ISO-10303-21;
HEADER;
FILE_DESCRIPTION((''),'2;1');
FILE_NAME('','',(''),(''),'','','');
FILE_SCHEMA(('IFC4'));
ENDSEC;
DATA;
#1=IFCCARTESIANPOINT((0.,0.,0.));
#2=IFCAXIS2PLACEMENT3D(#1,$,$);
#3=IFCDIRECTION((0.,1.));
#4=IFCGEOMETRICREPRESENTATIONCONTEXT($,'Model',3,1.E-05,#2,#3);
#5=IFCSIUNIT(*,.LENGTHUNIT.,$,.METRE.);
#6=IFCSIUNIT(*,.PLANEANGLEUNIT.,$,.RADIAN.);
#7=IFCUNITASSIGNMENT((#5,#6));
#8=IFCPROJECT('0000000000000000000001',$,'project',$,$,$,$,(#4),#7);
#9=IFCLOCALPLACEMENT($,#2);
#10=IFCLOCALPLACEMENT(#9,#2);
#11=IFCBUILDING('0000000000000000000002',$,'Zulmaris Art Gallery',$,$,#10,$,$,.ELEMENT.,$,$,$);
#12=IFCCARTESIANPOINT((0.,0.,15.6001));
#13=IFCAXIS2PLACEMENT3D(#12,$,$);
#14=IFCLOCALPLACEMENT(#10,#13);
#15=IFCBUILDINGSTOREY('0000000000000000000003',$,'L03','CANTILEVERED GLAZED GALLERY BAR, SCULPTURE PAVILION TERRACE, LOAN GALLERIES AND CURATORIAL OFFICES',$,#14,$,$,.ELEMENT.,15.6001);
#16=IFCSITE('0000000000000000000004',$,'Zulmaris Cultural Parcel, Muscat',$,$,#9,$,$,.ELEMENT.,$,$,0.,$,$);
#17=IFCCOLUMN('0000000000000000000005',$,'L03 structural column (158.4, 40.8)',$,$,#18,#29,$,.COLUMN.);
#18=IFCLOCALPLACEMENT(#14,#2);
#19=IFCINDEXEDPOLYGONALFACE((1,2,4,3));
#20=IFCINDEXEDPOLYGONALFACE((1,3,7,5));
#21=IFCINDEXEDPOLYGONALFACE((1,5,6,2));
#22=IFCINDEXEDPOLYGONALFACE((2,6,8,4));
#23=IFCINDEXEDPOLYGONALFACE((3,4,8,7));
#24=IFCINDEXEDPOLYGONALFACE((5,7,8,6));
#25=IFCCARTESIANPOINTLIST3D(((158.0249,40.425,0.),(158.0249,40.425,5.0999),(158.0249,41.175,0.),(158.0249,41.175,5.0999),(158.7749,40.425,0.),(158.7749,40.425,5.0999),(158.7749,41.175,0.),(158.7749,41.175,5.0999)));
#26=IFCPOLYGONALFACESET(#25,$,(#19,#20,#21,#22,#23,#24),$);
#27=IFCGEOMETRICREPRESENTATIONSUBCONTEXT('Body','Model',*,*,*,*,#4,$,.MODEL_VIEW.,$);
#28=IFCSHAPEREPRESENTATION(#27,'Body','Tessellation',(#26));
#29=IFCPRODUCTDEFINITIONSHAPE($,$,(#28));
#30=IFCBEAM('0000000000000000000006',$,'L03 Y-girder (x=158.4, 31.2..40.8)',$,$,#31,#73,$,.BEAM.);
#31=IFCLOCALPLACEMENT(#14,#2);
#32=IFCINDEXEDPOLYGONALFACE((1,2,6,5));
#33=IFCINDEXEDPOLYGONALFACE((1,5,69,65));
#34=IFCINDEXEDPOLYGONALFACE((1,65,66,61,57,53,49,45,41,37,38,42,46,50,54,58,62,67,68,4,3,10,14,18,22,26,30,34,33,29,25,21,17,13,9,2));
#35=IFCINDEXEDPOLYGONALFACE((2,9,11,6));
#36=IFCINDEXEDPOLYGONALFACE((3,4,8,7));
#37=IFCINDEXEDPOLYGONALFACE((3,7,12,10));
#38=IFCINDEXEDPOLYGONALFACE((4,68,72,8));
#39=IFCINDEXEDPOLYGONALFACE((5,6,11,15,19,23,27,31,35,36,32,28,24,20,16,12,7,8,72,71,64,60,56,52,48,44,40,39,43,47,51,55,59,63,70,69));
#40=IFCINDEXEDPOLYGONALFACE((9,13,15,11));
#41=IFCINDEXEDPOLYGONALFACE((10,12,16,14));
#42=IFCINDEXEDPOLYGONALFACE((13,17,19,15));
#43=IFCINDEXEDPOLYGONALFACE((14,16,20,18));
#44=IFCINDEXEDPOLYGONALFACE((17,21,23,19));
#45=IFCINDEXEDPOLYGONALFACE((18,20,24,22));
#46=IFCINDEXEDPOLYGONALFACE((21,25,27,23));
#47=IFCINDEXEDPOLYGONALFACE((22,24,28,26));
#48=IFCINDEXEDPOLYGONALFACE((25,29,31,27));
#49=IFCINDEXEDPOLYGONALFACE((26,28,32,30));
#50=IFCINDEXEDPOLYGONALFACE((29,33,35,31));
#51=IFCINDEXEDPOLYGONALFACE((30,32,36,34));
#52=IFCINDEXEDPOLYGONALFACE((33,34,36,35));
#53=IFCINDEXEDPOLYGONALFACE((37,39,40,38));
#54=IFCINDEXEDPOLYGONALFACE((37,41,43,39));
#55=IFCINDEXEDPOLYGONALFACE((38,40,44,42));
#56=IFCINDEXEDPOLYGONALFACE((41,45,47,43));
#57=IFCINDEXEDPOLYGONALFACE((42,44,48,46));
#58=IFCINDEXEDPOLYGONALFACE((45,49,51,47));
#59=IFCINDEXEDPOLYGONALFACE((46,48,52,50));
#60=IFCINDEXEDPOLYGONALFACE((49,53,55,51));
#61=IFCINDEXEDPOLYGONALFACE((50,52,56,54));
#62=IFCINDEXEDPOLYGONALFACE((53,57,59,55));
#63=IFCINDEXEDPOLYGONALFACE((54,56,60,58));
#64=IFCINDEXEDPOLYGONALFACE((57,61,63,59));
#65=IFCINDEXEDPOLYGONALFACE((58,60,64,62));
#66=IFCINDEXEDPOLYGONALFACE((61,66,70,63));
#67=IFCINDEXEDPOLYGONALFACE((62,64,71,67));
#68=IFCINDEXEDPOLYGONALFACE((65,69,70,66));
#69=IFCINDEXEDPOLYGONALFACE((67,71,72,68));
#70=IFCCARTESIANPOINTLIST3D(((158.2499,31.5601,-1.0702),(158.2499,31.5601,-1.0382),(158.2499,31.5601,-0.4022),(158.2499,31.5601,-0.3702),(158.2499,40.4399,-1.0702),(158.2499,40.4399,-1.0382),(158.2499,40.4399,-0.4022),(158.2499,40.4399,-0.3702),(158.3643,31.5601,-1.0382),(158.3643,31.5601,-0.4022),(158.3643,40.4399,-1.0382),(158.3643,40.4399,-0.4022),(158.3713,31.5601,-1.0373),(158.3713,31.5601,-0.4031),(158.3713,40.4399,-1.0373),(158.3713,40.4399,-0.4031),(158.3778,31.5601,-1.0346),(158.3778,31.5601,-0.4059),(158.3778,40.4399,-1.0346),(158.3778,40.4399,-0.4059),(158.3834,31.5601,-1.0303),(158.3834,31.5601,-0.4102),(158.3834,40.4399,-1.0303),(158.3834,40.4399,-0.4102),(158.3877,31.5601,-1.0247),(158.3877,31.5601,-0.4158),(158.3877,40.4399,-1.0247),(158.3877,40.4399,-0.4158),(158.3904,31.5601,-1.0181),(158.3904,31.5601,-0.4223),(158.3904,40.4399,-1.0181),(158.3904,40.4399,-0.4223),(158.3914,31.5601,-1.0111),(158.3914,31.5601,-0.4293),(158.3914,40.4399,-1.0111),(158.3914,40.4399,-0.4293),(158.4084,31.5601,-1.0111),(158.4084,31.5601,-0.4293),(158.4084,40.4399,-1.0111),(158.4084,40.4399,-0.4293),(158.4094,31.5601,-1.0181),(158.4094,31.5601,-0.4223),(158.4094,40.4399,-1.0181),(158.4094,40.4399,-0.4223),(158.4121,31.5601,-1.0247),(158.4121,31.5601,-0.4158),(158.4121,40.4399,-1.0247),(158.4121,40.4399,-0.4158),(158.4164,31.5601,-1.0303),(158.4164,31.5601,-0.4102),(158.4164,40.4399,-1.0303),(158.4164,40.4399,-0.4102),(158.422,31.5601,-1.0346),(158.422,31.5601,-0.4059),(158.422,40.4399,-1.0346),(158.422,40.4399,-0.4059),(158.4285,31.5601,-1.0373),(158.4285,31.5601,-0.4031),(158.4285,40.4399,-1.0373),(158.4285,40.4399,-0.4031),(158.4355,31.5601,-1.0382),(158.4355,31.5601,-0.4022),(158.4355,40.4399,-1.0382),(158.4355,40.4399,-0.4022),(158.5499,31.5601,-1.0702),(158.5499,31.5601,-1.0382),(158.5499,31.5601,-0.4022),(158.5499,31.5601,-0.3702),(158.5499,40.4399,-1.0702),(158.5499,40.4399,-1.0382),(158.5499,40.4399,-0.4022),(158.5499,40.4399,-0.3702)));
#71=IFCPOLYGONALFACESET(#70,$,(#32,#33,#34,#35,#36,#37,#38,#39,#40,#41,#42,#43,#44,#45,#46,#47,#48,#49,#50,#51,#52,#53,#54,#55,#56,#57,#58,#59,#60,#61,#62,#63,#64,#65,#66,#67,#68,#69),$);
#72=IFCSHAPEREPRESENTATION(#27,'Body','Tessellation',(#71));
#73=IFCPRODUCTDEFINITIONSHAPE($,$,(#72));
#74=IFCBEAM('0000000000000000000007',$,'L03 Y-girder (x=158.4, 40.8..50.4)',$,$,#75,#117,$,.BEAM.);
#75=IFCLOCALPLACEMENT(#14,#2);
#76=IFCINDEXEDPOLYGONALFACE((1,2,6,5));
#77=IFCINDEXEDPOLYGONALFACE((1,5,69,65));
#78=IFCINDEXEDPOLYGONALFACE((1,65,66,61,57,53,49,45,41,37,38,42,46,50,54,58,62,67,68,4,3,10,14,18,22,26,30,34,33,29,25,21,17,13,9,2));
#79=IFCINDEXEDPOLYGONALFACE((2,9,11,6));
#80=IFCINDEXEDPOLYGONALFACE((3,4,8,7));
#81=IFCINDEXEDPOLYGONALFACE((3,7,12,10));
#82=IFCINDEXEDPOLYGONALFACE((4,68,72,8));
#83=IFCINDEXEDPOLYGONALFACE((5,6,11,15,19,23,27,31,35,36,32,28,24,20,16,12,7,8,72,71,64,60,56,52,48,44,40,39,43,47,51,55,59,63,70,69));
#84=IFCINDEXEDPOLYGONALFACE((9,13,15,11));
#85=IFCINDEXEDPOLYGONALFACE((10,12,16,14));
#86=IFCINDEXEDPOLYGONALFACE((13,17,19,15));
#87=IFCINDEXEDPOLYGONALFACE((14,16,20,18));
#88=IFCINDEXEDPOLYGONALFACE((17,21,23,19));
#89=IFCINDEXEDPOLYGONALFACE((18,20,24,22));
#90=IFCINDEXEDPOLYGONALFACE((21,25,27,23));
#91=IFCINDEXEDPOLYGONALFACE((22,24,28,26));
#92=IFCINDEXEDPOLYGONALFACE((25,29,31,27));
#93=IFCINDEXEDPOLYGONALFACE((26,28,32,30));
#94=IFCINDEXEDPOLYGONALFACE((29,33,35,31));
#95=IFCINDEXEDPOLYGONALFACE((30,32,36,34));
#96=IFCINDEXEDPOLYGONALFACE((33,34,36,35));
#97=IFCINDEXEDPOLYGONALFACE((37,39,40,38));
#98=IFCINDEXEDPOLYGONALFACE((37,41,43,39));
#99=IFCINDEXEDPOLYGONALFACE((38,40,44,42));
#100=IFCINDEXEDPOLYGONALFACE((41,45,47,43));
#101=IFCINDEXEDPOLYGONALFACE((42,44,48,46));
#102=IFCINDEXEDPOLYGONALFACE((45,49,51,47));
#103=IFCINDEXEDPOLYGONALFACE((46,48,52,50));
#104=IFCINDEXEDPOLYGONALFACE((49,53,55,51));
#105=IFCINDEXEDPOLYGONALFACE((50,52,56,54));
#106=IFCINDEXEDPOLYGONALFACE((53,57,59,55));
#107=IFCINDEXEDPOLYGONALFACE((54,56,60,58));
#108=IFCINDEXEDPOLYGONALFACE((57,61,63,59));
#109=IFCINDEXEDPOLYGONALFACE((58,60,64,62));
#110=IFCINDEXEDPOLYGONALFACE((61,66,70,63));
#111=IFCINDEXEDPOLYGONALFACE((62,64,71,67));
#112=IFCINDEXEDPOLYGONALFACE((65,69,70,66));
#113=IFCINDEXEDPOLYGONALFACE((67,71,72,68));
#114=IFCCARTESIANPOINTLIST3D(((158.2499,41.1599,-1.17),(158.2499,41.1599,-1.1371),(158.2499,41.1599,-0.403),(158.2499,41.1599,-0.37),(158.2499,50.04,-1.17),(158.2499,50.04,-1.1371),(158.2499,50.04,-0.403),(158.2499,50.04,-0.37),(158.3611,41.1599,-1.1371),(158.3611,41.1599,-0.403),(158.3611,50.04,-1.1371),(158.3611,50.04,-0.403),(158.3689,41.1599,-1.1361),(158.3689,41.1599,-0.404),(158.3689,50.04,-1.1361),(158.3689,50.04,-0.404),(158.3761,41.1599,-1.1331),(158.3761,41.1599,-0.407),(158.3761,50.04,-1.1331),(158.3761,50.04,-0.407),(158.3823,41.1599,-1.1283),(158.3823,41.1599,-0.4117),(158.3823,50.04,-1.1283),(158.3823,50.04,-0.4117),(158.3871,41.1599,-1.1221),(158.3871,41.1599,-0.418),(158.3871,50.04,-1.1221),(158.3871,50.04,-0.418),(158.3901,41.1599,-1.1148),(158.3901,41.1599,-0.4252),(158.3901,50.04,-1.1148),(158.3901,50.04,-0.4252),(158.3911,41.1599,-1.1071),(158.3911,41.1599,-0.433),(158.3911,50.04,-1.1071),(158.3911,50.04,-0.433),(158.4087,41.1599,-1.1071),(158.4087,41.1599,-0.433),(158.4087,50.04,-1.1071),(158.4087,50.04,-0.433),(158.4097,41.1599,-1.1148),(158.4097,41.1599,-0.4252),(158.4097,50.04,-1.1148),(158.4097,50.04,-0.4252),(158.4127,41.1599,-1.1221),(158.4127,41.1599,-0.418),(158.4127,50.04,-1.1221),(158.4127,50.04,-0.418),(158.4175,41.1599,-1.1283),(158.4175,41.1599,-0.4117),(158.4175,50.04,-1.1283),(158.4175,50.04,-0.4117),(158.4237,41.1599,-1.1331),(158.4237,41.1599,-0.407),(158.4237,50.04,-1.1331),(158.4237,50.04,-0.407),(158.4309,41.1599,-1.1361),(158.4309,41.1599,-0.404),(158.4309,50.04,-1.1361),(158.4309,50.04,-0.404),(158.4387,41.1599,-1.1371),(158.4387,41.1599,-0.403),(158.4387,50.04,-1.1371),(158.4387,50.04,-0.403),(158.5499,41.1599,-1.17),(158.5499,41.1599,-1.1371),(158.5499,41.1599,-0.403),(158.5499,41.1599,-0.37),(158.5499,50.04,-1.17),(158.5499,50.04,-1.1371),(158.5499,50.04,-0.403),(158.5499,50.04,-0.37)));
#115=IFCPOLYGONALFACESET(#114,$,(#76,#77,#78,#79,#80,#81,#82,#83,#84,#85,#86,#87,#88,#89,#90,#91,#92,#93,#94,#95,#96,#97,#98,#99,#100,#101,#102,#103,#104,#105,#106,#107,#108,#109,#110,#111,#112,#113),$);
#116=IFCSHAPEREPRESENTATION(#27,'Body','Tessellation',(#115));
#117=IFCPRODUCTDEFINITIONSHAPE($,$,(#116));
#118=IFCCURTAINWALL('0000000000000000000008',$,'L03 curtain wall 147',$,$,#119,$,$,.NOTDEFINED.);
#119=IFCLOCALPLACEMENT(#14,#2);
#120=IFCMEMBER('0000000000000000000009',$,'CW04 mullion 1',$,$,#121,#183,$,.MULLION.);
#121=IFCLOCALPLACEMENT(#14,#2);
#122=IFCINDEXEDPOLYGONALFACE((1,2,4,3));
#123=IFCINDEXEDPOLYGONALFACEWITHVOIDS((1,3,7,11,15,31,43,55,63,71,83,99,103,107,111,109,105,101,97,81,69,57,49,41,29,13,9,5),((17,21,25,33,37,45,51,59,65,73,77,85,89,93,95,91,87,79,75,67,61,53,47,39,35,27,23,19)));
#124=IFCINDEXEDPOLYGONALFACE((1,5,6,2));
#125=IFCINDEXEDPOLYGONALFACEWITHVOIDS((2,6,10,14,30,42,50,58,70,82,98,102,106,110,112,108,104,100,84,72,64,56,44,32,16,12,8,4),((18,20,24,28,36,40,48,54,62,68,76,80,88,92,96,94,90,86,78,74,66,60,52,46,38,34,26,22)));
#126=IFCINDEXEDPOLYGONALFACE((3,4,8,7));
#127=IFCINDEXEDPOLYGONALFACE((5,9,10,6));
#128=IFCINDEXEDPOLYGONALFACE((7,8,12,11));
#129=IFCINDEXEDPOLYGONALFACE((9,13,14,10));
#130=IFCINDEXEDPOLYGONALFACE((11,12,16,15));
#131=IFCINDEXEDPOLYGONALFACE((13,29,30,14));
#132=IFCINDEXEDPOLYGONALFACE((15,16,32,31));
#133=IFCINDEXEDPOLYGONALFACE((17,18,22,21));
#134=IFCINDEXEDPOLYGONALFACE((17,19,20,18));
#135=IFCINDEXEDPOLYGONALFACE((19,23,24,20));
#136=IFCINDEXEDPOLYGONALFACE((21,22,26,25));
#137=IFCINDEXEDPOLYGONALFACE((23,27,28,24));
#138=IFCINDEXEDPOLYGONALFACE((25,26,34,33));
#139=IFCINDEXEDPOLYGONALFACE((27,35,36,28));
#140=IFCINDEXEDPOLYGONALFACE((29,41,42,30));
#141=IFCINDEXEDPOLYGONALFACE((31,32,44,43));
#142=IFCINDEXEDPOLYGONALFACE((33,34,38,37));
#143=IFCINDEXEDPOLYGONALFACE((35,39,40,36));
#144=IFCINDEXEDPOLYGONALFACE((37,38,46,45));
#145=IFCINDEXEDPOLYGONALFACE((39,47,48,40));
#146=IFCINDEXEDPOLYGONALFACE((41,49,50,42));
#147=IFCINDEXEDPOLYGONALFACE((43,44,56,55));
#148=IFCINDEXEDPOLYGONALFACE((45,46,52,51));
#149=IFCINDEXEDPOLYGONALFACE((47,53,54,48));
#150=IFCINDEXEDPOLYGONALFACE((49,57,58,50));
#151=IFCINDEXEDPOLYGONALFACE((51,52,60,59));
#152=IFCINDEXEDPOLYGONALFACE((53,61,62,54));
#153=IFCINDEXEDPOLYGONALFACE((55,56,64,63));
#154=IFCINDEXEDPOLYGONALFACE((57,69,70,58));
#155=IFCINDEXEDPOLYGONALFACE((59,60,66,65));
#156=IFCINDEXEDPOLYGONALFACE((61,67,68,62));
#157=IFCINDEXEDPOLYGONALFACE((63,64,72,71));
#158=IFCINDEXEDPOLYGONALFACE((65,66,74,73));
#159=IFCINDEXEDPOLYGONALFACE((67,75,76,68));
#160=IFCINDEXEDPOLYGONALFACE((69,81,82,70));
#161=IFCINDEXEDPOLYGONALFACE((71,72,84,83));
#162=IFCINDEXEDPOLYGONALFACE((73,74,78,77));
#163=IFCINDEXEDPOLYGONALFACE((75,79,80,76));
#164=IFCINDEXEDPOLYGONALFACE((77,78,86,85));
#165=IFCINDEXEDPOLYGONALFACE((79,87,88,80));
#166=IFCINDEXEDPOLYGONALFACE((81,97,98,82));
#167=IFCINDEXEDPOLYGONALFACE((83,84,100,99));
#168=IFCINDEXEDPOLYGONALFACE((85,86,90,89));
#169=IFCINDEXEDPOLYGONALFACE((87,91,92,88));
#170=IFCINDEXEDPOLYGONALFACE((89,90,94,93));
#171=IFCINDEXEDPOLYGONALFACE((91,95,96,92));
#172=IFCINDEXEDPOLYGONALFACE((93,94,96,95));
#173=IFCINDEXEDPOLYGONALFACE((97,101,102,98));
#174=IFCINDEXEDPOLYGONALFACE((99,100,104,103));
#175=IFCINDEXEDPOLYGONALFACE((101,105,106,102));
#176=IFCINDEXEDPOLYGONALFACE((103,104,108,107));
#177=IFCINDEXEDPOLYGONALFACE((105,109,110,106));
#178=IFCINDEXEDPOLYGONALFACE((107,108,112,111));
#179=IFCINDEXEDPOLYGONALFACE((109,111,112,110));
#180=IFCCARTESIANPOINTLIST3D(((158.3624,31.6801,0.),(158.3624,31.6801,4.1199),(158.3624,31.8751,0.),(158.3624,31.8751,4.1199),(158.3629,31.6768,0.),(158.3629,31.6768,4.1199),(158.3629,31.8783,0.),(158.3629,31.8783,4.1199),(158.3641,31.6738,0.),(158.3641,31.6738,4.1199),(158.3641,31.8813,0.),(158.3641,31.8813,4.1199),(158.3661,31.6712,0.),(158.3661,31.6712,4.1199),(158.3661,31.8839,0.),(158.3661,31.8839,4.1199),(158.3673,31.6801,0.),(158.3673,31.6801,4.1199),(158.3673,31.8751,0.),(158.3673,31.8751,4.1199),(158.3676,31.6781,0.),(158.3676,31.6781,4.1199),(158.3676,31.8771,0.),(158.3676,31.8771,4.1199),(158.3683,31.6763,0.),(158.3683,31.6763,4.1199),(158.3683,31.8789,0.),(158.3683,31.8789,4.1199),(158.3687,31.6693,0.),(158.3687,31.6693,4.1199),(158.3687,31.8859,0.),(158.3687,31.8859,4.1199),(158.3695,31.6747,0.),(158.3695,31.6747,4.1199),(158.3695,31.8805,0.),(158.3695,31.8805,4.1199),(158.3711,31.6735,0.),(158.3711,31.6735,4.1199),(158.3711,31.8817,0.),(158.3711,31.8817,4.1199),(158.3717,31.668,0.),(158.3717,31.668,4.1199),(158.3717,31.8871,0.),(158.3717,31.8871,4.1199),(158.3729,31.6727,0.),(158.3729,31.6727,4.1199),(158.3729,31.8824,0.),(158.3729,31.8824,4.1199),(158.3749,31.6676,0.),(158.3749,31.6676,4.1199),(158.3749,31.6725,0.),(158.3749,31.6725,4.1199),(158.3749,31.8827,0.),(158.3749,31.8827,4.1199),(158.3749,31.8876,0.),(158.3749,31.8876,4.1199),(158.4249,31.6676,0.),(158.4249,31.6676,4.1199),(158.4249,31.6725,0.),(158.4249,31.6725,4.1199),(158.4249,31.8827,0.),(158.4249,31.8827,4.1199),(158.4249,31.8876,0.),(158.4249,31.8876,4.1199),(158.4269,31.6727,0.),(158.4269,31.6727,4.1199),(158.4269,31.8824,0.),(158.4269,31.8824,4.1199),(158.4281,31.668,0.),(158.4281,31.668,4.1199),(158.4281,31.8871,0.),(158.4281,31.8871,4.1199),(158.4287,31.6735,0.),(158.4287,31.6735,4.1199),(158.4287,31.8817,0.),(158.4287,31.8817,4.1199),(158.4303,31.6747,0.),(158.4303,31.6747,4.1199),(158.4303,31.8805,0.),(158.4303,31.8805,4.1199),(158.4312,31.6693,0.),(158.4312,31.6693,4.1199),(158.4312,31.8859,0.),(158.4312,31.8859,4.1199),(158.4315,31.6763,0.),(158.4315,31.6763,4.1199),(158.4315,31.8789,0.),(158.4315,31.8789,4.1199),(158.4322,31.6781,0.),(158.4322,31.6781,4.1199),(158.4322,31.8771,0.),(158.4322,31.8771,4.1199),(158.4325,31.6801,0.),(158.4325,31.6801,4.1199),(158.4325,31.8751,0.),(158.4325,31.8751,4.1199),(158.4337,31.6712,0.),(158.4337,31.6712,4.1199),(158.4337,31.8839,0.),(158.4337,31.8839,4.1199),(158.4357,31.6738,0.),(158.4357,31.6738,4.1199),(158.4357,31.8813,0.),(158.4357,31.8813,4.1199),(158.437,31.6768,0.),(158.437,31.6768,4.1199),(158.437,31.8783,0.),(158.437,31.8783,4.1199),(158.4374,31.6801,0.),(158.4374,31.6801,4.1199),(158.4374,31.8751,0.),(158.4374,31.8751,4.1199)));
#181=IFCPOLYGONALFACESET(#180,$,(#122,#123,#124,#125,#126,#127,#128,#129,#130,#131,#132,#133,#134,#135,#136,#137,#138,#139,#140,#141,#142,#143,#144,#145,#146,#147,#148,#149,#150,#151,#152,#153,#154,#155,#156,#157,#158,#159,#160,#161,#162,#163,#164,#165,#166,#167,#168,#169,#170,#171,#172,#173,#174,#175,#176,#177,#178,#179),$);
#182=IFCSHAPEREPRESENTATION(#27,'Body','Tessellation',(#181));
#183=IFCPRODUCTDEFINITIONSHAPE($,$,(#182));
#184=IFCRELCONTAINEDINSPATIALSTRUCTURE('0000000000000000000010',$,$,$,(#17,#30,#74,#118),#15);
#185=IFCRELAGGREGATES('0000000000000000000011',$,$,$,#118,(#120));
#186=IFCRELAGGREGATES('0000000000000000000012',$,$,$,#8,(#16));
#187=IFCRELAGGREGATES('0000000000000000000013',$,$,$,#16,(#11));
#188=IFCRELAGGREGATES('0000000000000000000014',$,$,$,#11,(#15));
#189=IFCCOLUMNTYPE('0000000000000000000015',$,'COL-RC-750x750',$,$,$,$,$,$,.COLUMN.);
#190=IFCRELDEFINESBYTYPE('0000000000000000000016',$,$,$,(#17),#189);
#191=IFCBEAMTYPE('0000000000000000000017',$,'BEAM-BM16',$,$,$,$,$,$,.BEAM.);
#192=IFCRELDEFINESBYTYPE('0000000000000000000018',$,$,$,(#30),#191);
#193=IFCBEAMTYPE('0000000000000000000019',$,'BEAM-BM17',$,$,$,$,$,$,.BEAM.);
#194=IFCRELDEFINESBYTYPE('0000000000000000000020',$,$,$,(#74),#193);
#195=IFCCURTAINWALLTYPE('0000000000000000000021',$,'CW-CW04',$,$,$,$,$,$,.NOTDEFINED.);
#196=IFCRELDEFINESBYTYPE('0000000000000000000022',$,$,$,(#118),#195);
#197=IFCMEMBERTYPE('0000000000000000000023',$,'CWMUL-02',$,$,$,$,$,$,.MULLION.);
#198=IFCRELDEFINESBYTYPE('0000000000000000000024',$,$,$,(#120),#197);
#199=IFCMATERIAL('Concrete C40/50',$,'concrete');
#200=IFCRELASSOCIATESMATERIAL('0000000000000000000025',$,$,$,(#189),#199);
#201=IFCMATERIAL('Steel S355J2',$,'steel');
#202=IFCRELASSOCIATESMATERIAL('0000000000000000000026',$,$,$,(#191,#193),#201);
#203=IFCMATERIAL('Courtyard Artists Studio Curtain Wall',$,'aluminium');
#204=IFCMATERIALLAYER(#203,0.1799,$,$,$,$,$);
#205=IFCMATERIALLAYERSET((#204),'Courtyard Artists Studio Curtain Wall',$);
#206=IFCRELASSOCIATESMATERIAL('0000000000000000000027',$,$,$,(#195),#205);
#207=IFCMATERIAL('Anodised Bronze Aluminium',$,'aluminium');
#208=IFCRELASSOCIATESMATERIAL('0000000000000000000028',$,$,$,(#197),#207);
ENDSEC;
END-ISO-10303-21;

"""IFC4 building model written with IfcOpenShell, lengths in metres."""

from ifc_helpers import new_model, si_unit, direction, frame, origin, origin_2d, place, context, subcontext, project, spatial, rectangle, hollow_rectangle, i_section, extrude, material, layer, layer_set, material_profile, profile_set, type_object, element, aggregate, save


model = new_model("IFC4")

# Units and contexts
model_context = context("Model", 3, precision=1e-05, world=origin(), true_north=direction((0.0, 1.0)))
body_context = subcontext(model_context, "Body", "Model", "MODEL_VIEW")
ifc_project = project(units=[si_unit("LENGTHUNIT", "METRE"), si_unit("PLANEANGLEUNIT", "RADIAN")], contexts=[model_context])

# Site, building, storey
site_placement = place(None, origin())
site = spatial("IfcSite", under=ifc_project, at=site_placement, Name="Zulmaris Cultural Parcel, Muscat", CompositionType="ELEMENT", RefElevation=0.0)
building_placement = place(site_placement, origin())
building = spatial("IfcBuilding", under=site, at=building_placement, Name="Zulmaris Art Gallery", CompositionType="ELEMENT")
storey_placement = place(building_placement, frame((0.0, 0.0, 15.6001)))
storey = spatial("IfcBuildingStorey", under=building, at=storey_placement, Name="L03", Description="CANTILEVERED GLAZED GALLERY BAR, SCULPTURE PAVILION TERRACE, LOAN GALLERIES AND CURATORIAL OFFICES", CompositionType="ELEMENT", Elevation=15.6001)

# Column
ifc_material_1 = material(Name="Concrete C40/50", Category="concrete")
ifc_material_profile_1 = material_profile(ifc_material_1, rectangle(XDim=0.75, YDim=0.75, at=origin_2d()), Name="RC 750x750")
ifc_profile_set_1 = profile_set([ifc_material_profile_1], Name="Concrete C40/50")
column_type = type_object("IfcColumnType", Name="COL-RC-750x750", PredefinedType="COLUMN", material=ifc_profile_set_1)
column_placement = place(storey_placement, frame((158.3999, 40.8, 0.0), z_axis=(0.0, 0.0, 1.0), x_axis=(1.0, 0.0, 0.0)))
element("IfcColumn", 1, at=column_placement, inside=storey, type_object=column_type, Name="L03 structural column (158.4, 40.8)", PredefinedType="COLUMN", context=body_context, shape_type="SweptSolid", body=[
    extrude(rectangle(XDim=0.75, YDim=0.75, at=origin_2d()), origin(), (0.0, 0.0, 1.0), 5.0999),
])

# Beams
ifc_material_2 = material(Name="Steel S355J2", Category="steel")
ifc_material_profile_2 = material_profile(ifc_material_2, i_section(OverallWidth=0.3, OverallDepth=0.7, WebThickness=0.0171, FlangeThickness=0.032, FilletRadius=0.0271, at=origin_2d()), Name="HEB 700")
ifc_profile_set_2 = profile_set([ifc_material_profile_2], Name="Steel S355J2")
beam_type_1 = type_object("IfcBeamType", Name="BEAM-BM16", PredefinedType="BEAM", material=ifc_profile_set_2)
beam_1_placement = place(storey_placement, frame((158.3999, 31.5601, -0.7202), z_axis=(0.0, 1.0, 0.0), x_axis=(-1.0, 0.0, 0.0)))
element("IfcBeam", 2, at=beam_1_placement, inside=storey, type_object=beam_type_1, Name="L03 Y-girder (x=158.4, 31.2..40.8)", PredefinedType="BEAM", context=body_context, shape_type="SweptSolid", body=[
    extrude(i_section(OverallWidth=0.3, OverallDepth=0.7, WebThickness=0.0171, FlangeThickness=0.032, FilletRadius=0.0271, at=origin_2d()), origin(), (0.0, 0.0, 1.0), 8.8799),
])
ifc_material_profile_3 = material_profile(ifc_material_2, i_section(OverallWidth=0.3, OverallDepth=0.8, WebThickness=0.0176, FlangeThickness=0.033, FilletRadius=0.03, at=origin_2d()), Name="HEB 800")
ifc_profile_set_3 = profile_set([ifc_material_profile_3], Name="Steel S355J2")
beam_type_2 = type_object("IfcBeamType", Name="BEAM-BM17", PredefinedType="BEAM", material=ifc_profile_set_3)
beam_2_placement = place(storey_placement, frame((158.3999, 41.1599, -0.77), z_axis=(0.0, 1.0, 0.0), x_axis=(-1.0, 0.0, 0.0)))
element("IfcBeam", 3, at=beam_2_placement, inside=storey, type_object=beam_type_2, Name="L03 Y-girder (x=158.4, 40.8..50.4)", PredefinedType="BEAM", context=body_context, shape_type="SweptSolid", body=[
    extrude(i_section(OverallWidth=0.3, OverallDepth=0.8, WebThickness=0.0176, FlangeThickness=0.033, FilletRadius=0.03, at=origin_2d()), origin(), (0.0, 0.0, 1.0), 8.8801),
])

# Curtain wall, member
ifc_material_3 = material(Name="Courtyard Artists Studio Curtain Wall", Category="aluminium")
ifc_layer_1 = layer(ifc_material_3, 0.1799)
ifc_layer_set_1 = layer_set([ifc_layer_1], Name="Courtyard Artists Studio Curtain Wall")
curtain_wall_type = type_object("IfcCurtainWallType", Name="CW-CW04", PredefinedType="NOTDEFINED", material=ifc_layer_set_1)
curtain_wall_1_placement = place(storey_placement, origin())
curtain_wall_1 = element("IfcCurtainWall", 4, at=curtain_wall_1_placement, inside=storey, type_object=curtain_wall_type, Name="L03 curtain wall 147", PredefinedType="NOTDEFINED")
ifc_material_4 = material(Name="Anodised Bronze Aluminium", Category="aluminium")
ifc_material_profile_4 = material_profile(ifc_material_4, hollow_rectangle(XDim=0.075, YDim=0.22, WallThickness=0.0049, InnerFilletRadius=0.0076, OuterFilletRadius=0.0125, at=origin_2d()), Name="ALU 75x220x5")
ifc_profile_set_4 = profile_set([ifc_material_profile_4], Name="Anodised Bronze Aluminium")
member_type_1 = type_object("IfcMemberType", Name="CWMUL-02", PredefinedType="MULLION", material=ifc_profile_set_4)
member_1_placement = place(storey_placement, frame((158.3999, 31.7776, 0.0), z_axis=(0.0, 0.0, 1.0), x_axis=(-1.0, 0.0, 0.0)))
member_1 = element("IfcMember", 5, at=member_1_placement, type_object=member_type_1, Name="CW04 mullion 1", PredefinedType="MULLION", context=body_context, shape_type="SweptSolid", body=[
    extrude(hollow_rectangle(XDim=0.075, YDim=0.22, WallThickness=0.0049, InnerFilletRadius=0.0076, OuterFilletRadius=0.0125, at=origin_2d()), origin(), (0.0, 0.0, 1.0), 4.1199),
])

aggregate(curtain_wall_1, [member_1])

save(model, "model.ifc")
